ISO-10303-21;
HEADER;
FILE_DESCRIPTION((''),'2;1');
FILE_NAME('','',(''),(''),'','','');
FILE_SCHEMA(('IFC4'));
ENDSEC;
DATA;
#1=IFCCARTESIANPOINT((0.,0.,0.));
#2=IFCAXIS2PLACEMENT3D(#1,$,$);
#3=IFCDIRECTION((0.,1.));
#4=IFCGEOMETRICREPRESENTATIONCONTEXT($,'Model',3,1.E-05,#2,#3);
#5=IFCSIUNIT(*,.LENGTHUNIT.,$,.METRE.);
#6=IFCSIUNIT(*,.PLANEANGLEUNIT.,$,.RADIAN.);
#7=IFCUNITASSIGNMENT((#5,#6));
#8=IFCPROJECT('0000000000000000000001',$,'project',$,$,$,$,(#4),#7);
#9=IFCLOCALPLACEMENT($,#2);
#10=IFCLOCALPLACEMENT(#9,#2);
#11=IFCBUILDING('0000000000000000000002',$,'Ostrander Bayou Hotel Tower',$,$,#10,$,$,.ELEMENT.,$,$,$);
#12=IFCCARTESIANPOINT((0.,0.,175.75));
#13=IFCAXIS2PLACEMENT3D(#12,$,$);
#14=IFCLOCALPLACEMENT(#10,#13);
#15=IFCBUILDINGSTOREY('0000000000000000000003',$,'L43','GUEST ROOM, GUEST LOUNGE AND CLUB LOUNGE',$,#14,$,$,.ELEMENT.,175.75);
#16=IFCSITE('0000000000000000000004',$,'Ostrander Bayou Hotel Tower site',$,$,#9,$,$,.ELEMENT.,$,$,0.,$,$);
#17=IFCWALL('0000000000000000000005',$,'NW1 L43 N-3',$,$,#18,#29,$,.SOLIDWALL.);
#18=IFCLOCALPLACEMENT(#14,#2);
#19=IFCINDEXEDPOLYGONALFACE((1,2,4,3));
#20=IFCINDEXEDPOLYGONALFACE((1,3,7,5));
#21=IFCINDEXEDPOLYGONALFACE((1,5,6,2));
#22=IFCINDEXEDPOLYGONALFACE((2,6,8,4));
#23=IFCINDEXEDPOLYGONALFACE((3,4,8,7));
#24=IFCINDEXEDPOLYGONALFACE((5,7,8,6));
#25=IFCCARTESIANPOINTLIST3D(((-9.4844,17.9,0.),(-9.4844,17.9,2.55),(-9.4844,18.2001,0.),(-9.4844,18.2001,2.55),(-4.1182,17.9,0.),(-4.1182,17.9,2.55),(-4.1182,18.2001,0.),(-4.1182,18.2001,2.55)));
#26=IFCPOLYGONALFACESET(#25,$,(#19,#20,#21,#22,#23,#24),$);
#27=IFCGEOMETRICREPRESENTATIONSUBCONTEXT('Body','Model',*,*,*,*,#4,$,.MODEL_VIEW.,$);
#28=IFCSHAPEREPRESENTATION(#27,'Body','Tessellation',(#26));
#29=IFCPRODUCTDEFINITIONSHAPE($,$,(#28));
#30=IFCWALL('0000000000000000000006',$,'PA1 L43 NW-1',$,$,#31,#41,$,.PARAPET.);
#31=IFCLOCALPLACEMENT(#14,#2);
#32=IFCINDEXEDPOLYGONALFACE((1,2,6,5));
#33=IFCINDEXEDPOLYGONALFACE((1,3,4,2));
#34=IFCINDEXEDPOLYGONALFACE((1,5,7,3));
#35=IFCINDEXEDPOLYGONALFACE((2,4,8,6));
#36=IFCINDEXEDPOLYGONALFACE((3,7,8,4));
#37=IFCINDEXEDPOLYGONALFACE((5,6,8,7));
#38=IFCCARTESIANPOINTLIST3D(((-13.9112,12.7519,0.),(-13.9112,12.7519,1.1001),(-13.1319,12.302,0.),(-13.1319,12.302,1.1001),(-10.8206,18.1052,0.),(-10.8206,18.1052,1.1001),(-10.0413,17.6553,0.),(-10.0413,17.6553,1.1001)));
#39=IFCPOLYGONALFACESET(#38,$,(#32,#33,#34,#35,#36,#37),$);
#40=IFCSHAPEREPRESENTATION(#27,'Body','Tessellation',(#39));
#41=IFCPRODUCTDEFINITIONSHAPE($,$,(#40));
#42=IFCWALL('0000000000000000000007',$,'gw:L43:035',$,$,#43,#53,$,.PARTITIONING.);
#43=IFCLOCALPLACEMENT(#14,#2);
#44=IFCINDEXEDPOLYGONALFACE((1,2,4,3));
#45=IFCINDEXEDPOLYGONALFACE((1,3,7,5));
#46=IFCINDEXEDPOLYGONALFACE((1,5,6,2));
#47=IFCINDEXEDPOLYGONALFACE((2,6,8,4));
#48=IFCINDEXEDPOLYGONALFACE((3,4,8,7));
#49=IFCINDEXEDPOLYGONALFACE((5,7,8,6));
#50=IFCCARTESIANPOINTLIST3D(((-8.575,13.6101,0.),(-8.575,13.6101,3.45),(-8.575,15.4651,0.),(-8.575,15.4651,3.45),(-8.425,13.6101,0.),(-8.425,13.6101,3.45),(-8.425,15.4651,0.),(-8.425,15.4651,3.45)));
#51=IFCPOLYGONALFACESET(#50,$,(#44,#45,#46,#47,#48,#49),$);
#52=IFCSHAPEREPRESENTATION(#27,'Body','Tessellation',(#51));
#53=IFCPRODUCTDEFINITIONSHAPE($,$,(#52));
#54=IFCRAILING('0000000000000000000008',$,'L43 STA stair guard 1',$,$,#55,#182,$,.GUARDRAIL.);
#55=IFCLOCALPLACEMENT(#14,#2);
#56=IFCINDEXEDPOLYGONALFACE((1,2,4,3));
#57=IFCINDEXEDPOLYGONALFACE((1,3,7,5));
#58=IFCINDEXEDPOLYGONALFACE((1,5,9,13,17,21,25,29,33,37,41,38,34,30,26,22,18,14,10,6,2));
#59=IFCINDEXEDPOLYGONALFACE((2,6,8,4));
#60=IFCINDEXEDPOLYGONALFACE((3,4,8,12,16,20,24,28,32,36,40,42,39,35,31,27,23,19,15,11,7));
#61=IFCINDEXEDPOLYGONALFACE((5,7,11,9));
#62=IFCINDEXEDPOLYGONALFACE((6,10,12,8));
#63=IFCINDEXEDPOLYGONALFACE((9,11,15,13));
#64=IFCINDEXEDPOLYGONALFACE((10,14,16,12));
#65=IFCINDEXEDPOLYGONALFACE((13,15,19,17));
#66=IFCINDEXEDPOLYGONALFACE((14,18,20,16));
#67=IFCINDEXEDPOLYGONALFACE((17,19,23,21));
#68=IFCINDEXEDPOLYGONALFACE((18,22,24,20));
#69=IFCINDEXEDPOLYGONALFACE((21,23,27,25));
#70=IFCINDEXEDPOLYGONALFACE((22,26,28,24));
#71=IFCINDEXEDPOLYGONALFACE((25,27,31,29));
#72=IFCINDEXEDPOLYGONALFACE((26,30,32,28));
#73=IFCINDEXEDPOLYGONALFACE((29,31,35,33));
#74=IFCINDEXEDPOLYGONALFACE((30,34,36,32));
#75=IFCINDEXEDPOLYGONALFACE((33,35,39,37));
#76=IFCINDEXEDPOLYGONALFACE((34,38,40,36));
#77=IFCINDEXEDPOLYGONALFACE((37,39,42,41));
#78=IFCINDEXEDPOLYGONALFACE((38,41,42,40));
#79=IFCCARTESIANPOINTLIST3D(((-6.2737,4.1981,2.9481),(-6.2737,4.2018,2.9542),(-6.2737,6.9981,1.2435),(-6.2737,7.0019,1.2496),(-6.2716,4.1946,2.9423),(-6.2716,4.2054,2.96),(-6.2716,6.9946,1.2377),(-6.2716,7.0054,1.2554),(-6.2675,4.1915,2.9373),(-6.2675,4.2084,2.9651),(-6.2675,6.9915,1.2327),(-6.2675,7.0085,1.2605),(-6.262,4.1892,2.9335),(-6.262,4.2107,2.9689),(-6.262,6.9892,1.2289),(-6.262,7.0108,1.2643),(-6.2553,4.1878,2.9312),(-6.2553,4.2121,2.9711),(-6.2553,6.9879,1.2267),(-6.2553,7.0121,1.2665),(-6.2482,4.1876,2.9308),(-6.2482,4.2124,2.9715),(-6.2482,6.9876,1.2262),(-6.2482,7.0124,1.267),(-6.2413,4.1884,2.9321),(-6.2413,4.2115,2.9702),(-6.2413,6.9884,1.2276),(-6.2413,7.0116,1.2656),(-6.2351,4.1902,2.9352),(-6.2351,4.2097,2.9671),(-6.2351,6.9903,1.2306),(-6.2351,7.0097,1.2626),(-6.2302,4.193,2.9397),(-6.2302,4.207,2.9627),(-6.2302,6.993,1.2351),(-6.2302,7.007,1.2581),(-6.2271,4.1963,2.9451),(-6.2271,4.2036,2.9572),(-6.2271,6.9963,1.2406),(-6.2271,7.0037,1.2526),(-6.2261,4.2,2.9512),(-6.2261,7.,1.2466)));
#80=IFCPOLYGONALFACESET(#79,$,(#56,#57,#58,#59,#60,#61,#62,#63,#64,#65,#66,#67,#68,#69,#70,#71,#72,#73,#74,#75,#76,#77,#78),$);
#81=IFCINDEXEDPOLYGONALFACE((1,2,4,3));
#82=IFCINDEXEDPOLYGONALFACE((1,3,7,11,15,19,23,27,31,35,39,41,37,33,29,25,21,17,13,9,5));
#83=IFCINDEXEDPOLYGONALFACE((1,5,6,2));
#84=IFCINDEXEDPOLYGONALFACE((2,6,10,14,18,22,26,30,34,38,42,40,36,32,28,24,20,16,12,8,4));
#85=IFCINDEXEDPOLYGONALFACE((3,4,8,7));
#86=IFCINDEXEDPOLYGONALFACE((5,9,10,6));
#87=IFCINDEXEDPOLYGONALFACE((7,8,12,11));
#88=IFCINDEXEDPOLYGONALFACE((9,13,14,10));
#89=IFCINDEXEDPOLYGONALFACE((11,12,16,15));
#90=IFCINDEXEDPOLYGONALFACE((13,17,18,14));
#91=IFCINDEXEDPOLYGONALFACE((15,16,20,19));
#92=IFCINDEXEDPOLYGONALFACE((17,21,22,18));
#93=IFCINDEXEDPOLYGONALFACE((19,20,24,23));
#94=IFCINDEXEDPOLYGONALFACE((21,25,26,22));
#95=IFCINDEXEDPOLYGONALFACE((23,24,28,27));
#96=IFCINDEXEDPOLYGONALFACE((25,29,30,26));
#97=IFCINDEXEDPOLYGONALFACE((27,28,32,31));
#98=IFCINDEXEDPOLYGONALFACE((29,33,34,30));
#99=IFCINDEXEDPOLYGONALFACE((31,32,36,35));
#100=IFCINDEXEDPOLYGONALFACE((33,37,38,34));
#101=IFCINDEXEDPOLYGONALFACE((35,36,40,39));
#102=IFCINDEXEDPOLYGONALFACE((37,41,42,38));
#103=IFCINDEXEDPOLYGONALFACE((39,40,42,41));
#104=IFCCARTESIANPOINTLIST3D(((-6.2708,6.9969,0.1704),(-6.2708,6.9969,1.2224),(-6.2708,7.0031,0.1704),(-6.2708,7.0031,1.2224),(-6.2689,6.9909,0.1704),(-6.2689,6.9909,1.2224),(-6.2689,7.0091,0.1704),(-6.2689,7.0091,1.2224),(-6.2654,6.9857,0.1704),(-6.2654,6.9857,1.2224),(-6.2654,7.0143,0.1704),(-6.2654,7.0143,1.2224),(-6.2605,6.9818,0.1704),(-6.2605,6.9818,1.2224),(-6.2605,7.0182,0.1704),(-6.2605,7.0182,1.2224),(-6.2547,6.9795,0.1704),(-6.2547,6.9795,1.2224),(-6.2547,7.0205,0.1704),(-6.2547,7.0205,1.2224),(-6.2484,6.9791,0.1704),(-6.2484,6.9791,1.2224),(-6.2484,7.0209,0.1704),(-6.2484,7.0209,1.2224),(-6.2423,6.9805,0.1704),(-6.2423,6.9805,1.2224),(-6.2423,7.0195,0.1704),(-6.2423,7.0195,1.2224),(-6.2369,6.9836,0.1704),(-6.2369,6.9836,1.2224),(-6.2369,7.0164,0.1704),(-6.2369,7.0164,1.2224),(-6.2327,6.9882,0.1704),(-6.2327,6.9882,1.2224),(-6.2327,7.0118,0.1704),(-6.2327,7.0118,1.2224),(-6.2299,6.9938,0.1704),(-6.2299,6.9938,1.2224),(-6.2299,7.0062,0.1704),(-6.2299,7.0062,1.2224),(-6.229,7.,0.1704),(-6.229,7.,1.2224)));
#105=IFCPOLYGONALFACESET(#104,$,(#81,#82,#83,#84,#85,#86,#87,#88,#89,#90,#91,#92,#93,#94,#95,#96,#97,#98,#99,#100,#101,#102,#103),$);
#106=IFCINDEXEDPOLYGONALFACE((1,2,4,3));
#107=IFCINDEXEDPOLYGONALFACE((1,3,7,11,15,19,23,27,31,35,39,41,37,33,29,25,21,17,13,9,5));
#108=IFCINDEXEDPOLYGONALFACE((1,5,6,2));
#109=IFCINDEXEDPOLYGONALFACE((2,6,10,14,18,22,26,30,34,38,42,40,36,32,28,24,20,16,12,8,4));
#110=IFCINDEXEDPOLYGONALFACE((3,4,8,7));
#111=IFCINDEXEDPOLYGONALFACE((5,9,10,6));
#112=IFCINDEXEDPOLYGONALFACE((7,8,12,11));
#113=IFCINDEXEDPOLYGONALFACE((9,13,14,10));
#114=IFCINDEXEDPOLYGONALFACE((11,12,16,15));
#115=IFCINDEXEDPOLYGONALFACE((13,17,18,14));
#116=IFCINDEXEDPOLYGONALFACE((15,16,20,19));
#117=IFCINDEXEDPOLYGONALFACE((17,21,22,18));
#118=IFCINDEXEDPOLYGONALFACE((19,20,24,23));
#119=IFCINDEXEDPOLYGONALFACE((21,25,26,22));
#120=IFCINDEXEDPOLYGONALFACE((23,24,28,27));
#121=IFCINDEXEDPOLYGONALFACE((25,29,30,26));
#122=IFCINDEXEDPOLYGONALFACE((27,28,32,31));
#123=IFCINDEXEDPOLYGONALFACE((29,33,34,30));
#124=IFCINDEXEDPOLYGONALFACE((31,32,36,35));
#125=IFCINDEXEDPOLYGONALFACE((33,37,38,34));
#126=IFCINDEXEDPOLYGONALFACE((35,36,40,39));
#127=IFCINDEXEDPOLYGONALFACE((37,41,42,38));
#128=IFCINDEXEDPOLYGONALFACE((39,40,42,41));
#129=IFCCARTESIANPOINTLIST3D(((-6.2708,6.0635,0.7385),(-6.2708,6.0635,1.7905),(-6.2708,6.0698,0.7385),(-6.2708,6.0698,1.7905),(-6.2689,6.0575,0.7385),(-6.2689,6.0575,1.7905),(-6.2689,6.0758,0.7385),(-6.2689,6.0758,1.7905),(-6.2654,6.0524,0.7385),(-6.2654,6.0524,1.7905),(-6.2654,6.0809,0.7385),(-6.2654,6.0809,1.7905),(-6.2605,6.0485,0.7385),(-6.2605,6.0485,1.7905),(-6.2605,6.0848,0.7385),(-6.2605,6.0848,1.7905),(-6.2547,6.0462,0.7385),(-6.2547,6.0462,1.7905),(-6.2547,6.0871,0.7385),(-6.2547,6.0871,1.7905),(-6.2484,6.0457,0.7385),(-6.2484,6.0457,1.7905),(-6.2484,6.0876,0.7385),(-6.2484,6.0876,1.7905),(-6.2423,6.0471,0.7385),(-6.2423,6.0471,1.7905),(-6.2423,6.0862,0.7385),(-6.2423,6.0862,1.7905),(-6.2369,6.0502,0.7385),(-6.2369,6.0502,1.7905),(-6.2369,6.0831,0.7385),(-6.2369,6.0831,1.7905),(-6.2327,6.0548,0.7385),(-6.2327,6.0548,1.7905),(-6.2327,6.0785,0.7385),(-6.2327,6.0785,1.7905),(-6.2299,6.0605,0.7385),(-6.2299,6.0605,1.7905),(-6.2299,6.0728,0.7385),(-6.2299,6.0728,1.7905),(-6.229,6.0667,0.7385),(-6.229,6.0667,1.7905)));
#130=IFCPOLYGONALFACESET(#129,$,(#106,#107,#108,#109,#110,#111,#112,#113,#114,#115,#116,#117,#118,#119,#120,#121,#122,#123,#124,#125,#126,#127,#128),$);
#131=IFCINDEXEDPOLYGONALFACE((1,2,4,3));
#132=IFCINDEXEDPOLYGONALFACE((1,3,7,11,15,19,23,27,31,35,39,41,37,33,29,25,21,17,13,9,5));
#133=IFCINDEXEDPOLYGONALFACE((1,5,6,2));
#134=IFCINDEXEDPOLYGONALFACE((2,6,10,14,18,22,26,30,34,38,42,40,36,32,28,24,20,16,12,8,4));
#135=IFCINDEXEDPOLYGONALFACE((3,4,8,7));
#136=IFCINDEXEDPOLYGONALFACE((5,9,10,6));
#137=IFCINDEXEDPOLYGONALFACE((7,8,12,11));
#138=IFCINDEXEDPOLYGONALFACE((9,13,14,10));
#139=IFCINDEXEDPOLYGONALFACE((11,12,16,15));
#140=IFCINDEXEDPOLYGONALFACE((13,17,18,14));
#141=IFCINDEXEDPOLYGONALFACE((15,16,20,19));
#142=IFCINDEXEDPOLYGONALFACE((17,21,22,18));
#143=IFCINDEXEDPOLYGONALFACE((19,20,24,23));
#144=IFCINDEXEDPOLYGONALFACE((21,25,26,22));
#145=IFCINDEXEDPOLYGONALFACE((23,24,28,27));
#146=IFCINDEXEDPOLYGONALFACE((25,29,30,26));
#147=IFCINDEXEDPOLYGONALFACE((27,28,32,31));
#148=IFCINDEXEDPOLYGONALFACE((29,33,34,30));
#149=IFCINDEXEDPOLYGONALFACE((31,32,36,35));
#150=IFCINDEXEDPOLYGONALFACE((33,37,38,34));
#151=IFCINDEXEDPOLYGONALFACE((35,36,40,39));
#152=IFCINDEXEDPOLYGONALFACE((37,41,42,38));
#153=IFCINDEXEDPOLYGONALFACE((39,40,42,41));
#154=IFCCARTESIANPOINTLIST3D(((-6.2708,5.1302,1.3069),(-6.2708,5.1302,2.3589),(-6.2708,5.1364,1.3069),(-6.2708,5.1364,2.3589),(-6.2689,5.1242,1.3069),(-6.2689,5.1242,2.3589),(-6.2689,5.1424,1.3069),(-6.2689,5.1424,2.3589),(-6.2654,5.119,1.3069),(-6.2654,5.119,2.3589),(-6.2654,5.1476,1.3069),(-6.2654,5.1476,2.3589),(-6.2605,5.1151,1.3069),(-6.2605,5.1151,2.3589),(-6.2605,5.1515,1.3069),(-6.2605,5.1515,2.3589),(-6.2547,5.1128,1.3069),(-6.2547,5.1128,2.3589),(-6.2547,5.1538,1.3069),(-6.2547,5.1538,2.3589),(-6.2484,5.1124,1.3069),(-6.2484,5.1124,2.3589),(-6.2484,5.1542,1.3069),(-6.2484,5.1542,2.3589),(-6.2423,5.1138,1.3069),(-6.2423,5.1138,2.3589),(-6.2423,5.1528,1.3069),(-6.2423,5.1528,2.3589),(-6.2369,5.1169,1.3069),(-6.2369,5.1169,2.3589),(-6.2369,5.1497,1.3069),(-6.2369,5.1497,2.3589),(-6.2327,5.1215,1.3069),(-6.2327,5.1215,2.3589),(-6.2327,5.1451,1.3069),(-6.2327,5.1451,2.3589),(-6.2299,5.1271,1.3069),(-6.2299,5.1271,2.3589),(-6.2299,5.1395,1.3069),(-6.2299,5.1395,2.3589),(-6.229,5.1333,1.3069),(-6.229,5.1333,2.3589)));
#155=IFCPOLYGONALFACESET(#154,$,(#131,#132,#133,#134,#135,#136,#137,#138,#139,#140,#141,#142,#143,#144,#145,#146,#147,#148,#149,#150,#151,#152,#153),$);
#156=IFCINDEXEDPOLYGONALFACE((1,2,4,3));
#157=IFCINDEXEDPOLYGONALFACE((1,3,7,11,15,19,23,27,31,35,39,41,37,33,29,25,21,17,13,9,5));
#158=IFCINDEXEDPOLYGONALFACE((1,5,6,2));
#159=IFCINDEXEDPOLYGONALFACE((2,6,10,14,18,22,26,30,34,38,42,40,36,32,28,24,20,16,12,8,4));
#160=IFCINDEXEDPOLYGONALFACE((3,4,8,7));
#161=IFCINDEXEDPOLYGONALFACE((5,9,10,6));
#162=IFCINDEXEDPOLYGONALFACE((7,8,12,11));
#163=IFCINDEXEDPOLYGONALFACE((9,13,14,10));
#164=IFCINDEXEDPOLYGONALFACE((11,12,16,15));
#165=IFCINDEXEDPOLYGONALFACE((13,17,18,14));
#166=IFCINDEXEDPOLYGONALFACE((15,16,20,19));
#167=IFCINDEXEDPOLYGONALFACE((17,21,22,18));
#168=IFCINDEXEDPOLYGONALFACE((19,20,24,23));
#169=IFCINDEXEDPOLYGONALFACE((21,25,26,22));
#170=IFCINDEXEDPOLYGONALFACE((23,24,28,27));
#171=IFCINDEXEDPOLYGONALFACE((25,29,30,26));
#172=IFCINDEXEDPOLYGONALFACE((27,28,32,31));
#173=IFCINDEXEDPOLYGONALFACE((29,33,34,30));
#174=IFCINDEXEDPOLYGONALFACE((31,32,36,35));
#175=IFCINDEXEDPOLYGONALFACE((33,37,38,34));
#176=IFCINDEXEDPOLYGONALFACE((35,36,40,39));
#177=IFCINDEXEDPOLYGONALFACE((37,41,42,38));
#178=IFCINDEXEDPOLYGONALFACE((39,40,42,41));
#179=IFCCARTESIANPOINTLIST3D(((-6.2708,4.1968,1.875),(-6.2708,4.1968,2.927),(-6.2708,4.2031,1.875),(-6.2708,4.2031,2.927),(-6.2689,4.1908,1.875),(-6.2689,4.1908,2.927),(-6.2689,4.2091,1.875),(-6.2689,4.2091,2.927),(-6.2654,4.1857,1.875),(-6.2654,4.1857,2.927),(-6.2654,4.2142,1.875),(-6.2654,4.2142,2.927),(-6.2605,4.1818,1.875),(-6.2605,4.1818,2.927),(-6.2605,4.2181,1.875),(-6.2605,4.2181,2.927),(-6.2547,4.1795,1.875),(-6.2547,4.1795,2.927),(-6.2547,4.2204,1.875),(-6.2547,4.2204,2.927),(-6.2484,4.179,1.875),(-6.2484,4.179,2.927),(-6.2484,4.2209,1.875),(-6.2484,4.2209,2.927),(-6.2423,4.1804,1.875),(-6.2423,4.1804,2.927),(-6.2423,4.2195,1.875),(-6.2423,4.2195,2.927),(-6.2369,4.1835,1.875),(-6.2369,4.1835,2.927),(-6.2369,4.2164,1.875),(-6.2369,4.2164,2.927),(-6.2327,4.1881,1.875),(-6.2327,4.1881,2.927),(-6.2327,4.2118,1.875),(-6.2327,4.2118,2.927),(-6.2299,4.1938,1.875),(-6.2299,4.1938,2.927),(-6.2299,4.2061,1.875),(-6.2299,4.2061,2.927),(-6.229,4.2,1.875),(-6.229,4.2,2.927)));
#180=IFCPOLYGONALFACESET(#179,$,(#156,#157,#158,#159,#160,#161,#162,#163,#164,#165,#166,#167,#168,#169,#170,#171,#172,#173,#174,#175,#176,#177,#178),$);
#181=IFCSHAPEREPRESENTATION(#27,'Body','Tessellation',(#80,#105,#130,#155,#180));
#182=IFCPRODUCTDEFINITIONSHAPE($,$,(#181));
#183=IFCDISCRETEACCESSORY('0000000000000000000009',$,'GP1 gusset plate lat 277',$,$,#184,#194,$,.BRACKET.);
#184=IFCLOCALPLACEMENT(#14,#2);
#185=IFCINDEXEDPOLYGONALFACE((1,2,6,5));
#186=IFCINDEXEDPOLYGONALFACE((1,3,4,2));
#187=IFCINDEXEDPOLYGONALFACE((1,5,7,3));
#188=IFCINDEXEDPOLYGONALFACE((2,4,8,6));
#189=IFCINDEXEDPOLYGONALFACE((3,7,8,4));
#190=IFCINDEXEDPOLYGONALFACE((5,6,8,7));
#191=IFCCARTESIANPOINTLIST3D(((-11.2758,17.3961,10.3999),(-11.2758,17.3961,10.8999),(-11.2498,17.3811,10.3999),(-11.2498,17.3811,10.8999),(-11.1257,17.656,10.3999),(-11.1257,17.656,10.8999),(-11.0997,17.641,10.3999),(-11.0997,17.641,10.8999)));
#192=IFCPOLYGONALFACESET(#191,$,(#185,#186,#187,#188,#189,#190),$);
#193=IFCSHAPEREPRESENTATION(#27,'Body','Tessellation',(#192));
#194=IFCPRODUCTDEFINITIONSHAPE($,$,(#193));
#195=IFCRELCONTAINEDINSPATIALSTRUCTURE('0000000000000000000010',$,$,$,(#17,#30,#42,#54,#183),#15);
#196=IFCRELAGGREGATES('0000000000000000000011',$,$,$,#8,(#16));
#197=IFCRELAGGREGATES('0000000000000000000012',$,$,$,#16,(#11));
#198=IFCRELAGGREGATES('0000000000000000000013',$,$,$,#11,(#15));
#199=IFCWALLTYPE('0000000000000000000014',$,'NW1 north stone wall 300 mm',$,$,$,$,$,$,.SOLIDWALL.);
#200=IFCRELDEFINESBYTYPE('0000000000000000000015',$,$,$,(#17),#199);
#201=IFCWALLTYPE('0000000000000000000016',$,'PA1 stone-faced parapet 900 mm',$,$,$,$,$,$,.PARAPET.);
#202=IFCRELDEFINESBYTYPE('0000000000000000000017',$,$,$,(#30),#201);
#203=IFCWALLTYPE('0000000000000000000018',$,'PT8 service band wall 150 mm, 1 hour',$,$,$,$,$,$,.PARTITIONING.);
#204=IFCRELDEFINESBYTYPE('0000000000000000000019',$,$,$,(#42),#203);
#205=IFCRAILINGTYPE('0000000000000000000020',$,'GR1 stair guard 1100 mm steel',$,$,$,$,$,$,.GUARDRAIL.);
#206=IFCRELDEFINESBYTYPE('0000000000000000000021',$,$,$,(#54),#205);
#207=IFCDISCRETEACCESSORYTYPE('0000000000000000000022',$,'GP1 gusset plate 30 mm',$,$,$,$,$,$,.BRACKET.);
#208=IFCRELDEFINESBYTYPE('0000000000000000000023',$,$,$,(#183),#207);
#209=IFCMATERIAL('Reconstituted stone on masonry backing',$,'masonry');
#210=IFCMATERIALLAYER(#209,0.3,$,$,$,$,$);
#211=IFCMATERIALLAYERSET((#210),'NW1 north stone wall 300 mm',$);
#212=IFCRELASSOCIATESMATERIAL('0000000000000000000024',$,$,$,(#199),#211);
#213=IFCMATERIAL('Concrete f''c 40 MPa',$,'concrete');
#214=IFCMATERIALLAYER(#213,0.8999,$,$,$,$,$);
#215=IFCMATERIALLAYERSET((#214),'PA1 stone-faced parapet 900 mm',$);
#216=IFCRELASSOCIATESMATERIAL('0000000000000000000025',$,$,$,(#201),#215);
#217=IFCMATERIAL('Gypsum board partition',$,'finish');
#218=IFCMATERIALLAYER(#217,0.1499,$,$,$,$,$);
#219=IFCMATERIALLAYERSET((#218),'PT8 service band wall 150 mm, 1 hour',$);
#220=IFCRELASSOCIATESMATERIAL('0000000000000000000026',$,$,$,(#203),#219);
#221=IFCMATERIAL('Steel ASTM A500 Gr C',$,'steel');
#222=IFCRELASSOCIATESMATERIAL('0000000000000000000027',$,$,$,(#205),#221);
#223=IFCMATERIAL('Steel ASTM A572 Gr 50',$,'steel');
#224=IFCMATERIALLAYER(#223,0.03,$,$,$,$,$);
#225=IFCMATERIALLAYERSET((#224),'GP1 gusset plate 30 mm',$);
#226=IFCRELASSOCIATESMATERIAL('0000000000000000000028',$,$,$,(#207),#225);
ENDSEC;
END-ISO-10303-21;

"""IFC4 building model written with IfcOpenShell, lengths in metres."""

from ifc_helpers import new_model, si_unit, direction, frame, frame_2d, origin, origin_2d, place, context, subcontext, project, spatial, rectangle, circle, extrude, material, layer, layer_set, type_object, element, save


model = new_model("IFC4")

# Units and contexts
model_context = context("Model", 3, precision=1e-05, world=origin(), true_north=direction((0.0, 1.0)))
body_context = subcontext(model_context, "Body", "Model", "MODEL_VIEW")
ifc_project = project(units=[si_unit("LENGTHUNIT", "METRE"), si_unit("PLANEANGLEUNIT", "RADIAN")], contexts=[model_context])

# Site, building, storey
site_placement = place(None, origin())
site = spatial("IfcSite", under=ifc_project, at=site_placement, Name="Ostrander Bayou Hotel Tower site", CompositionType="ELEMENT", RefElevation=0.0)
building_placement = place(site_placement, origin())
building = spatial("IfcBuilding", under=site, at=building_placement, Name="Ostrander Bayou Hotel Tower", CompositionType="ELEMENT")
storey_placement = place(building_placement, frame((0.0, 0.0, 175.75)))
storey = spatial("IfcBuildingStorey", under=building, at=storey_placement, Name="L43", Description="GUEST ROOM, GUEST LOUNGE AND CLUB LOUNGE", CompositionType="ELEMENT", Elevation=175.75)

# Walls
ifc_material_1 = material(Name="Reconstituted stone on masonry backing", Category="masonry")
ifc_layer_1 = layer(ifc_material_1, 0.3)
ifc_layer_set_1 = layer_set([ifc_layer_1], Name="NW1 north stone wall 300 mm")
wall_type_1 = type_object("IfcWallType", Name="NW1 north stone wall 300 mm", PredefinedType="SOLIDWALL", material=ifc_layer_set_1)
wall_1_placement = place(storey_placement, frame((-4.1182, 18.05, 0.0), z_axis=(0.0, 0.0, 1.0), x_axis=(-1.0, 0.0, 0.0)))
element("IfcWall", 1, at=wall_1_placement, inside=storey, type_object=wall_type_1, Name="NW1 L43 N-3", PredefinedType="SOLIDWALL", context=body_context, shape_type="SweptSolid", body=[
    extrude(rectangle(XDim=5.3662, YDim=0.3, at=frame_2d((2.6831, 0.0))), origin(), (0.0, 0.0, 1.0), 2.55),
])
ifc_material_2 = material(Name="Concrete f'c 40 MPa", Category="concrete")
ifc_layer_2 = layer(ifc_material_2, 0.8999)
ifc_layer_set_2 = layer_set([ifc_layer_2], Name="PA1 stone-faced parapet 900 mm")
wall_type_2 = type_object("IfcWallType", Name="PA1 stone-faced parapet 900 mm", PredefinedType="PARAPET", material=ifc_layer_set_2)
wall_2_placement = place(storey_placement, frame((-10.4309, 17.8804, 0.0), z_axis=(0.0, 0.0, 1.0), x_axis=(-0.499983, -0.866035, 0.0)))
element("IfcWall", 2, at=wall_2_placement, inside=storey, type_object=wall_type_2, Name="PA1 L43 NW-1", PredefinedType="PARAPET", context=body_context, shape_type="SweptSolid", body=[
    extrude(rectangle(XDim=6.1814, YDim=0.8999, at=frame_2d((3.0908, 0.0))), origin(), (0.0, 0.0, 1.0), 1.1001),
])

# Wall
ifc_material_3 = material(Name="Gypsum board partition", Category="finish")
ifc_layer_3 = layer(ifc_material_3, 0.1499)
ifc_layer_set_3 = layer_set([ifc_layer_3], Name="PT8 service band wall 150 mm, 1 hour")
wall_type_3 = type_object("IfcWallType", Name="PT8 service band wall 150 mm, 1 hour", PredefinedType="PARTITIONING", material=ifc_layer_set_3)
wall_3_placement = place(storey_placement, frame((-8.5, 13.6101, 0.0), z_axis=(0.0, 0.0, 1.0), x_axis=(0.0, 1.0, 0.0)))
element("IfcWall", 3, at=wall_3_placement, inside=storey, type_object=wall_type_3, Name="gw:L43:035", PredefinedType="PARTITIONING", context=body_context, shape_type="SweptSolid", body=[
    extrude(rectangle(XDim=1.855, YDim=0.1499, at=frame_2d((0.9275, 0.0))), origin(), (0.0, 0.0, 1.0), 3.45),
])

# Railing
ifc_material_4 = material(Name="Steel ASTM A500 Gr C", Category="steel")
railing_type = type_object("IfcRailingType", Name="GR1 stair guard 1100 mm steel", PredefinedType="GUARDRAIL", material=ifc_material_4)
railing_placement = place(storey_placement, frame((-6.25, 7.0, 0.1704)))
element("IfcRailing", 4, at=railing_placement, inside=storey, type_object=railing_type, Name="L43 STA stair guard 1", PredefinedType="GUARDRAIL", context=body_context, shape_type="SweptSolid", body=[
    extrude(circle(Radius=0.0239, at=origin_2d()), frame((0.0, 0.0, 1.0762), z_axis=(0.0, -0.85417, 0.519994), x_axis=(1.0, 0.0, 0.0)), (0.0, 0.0, 1.0), 3.2781),
    extrude(circle(Radius=0.021, at=origin_2d()), origin(), (0.0, 0.0, 1.0), 1.052),
    extrude(circle(Radius=0.021, at=origin_2d()), frame((0.0, -0.9333, 0.5681)), (0.0, 0.0, 1.0), 1.052),
    extrude(circle(Radius=0.021, at=origin_2d()), frame((0.0, -1.8667, 1.1365)), (0.0, 0.0, 1.0), 1.052),
    extrude(circle(Radius=0.021, at=origin_2d()), frame((0.0, -2.8, 1.7046)), (0.0, 0.0, 1.0), 1.052),
])

# Discrete accessory
ifc_material_5 = material(Name="Steel ASTM A572 Gr 50", Category="steel")
ifc_layer_4 = layer(ifc_material_5, 0.03)
ifc_layer_set_4 = layer_set([ifc_layer_4], Name="GP1 gusset plate 30 mm")
discrete_accessory_type = type_object("IfcDiscreteAccessoryType", Name="GP1 gusset plate 30 mm", PredefinedType="BRACKET", material=ifc_layer_set_4)
discrete_accessory_placement = place(storey_placement, frame((-11.1877, 17.5186, 10.3999), z_axis=(0.0, 0.0, 1.0), x_axis=(-0.5, -0.866025, 0.0)))
element("IfcDiscreteAccessory", 5, at=discrete_accessory_placement, inside=storey, type_object=discrete_accessory_type, Name="GP1 gusset plate lat 277", PredefinedType="BRACKET", context=body_context, shape_type="SweptSolid", body=[
    extrude(rectangle(XDim=0.3, YDim=0.03, at=origin_2d()), origin(), (0.0, 0.0, 1.0), 0.5),
])

save(model, "model.ifc")
